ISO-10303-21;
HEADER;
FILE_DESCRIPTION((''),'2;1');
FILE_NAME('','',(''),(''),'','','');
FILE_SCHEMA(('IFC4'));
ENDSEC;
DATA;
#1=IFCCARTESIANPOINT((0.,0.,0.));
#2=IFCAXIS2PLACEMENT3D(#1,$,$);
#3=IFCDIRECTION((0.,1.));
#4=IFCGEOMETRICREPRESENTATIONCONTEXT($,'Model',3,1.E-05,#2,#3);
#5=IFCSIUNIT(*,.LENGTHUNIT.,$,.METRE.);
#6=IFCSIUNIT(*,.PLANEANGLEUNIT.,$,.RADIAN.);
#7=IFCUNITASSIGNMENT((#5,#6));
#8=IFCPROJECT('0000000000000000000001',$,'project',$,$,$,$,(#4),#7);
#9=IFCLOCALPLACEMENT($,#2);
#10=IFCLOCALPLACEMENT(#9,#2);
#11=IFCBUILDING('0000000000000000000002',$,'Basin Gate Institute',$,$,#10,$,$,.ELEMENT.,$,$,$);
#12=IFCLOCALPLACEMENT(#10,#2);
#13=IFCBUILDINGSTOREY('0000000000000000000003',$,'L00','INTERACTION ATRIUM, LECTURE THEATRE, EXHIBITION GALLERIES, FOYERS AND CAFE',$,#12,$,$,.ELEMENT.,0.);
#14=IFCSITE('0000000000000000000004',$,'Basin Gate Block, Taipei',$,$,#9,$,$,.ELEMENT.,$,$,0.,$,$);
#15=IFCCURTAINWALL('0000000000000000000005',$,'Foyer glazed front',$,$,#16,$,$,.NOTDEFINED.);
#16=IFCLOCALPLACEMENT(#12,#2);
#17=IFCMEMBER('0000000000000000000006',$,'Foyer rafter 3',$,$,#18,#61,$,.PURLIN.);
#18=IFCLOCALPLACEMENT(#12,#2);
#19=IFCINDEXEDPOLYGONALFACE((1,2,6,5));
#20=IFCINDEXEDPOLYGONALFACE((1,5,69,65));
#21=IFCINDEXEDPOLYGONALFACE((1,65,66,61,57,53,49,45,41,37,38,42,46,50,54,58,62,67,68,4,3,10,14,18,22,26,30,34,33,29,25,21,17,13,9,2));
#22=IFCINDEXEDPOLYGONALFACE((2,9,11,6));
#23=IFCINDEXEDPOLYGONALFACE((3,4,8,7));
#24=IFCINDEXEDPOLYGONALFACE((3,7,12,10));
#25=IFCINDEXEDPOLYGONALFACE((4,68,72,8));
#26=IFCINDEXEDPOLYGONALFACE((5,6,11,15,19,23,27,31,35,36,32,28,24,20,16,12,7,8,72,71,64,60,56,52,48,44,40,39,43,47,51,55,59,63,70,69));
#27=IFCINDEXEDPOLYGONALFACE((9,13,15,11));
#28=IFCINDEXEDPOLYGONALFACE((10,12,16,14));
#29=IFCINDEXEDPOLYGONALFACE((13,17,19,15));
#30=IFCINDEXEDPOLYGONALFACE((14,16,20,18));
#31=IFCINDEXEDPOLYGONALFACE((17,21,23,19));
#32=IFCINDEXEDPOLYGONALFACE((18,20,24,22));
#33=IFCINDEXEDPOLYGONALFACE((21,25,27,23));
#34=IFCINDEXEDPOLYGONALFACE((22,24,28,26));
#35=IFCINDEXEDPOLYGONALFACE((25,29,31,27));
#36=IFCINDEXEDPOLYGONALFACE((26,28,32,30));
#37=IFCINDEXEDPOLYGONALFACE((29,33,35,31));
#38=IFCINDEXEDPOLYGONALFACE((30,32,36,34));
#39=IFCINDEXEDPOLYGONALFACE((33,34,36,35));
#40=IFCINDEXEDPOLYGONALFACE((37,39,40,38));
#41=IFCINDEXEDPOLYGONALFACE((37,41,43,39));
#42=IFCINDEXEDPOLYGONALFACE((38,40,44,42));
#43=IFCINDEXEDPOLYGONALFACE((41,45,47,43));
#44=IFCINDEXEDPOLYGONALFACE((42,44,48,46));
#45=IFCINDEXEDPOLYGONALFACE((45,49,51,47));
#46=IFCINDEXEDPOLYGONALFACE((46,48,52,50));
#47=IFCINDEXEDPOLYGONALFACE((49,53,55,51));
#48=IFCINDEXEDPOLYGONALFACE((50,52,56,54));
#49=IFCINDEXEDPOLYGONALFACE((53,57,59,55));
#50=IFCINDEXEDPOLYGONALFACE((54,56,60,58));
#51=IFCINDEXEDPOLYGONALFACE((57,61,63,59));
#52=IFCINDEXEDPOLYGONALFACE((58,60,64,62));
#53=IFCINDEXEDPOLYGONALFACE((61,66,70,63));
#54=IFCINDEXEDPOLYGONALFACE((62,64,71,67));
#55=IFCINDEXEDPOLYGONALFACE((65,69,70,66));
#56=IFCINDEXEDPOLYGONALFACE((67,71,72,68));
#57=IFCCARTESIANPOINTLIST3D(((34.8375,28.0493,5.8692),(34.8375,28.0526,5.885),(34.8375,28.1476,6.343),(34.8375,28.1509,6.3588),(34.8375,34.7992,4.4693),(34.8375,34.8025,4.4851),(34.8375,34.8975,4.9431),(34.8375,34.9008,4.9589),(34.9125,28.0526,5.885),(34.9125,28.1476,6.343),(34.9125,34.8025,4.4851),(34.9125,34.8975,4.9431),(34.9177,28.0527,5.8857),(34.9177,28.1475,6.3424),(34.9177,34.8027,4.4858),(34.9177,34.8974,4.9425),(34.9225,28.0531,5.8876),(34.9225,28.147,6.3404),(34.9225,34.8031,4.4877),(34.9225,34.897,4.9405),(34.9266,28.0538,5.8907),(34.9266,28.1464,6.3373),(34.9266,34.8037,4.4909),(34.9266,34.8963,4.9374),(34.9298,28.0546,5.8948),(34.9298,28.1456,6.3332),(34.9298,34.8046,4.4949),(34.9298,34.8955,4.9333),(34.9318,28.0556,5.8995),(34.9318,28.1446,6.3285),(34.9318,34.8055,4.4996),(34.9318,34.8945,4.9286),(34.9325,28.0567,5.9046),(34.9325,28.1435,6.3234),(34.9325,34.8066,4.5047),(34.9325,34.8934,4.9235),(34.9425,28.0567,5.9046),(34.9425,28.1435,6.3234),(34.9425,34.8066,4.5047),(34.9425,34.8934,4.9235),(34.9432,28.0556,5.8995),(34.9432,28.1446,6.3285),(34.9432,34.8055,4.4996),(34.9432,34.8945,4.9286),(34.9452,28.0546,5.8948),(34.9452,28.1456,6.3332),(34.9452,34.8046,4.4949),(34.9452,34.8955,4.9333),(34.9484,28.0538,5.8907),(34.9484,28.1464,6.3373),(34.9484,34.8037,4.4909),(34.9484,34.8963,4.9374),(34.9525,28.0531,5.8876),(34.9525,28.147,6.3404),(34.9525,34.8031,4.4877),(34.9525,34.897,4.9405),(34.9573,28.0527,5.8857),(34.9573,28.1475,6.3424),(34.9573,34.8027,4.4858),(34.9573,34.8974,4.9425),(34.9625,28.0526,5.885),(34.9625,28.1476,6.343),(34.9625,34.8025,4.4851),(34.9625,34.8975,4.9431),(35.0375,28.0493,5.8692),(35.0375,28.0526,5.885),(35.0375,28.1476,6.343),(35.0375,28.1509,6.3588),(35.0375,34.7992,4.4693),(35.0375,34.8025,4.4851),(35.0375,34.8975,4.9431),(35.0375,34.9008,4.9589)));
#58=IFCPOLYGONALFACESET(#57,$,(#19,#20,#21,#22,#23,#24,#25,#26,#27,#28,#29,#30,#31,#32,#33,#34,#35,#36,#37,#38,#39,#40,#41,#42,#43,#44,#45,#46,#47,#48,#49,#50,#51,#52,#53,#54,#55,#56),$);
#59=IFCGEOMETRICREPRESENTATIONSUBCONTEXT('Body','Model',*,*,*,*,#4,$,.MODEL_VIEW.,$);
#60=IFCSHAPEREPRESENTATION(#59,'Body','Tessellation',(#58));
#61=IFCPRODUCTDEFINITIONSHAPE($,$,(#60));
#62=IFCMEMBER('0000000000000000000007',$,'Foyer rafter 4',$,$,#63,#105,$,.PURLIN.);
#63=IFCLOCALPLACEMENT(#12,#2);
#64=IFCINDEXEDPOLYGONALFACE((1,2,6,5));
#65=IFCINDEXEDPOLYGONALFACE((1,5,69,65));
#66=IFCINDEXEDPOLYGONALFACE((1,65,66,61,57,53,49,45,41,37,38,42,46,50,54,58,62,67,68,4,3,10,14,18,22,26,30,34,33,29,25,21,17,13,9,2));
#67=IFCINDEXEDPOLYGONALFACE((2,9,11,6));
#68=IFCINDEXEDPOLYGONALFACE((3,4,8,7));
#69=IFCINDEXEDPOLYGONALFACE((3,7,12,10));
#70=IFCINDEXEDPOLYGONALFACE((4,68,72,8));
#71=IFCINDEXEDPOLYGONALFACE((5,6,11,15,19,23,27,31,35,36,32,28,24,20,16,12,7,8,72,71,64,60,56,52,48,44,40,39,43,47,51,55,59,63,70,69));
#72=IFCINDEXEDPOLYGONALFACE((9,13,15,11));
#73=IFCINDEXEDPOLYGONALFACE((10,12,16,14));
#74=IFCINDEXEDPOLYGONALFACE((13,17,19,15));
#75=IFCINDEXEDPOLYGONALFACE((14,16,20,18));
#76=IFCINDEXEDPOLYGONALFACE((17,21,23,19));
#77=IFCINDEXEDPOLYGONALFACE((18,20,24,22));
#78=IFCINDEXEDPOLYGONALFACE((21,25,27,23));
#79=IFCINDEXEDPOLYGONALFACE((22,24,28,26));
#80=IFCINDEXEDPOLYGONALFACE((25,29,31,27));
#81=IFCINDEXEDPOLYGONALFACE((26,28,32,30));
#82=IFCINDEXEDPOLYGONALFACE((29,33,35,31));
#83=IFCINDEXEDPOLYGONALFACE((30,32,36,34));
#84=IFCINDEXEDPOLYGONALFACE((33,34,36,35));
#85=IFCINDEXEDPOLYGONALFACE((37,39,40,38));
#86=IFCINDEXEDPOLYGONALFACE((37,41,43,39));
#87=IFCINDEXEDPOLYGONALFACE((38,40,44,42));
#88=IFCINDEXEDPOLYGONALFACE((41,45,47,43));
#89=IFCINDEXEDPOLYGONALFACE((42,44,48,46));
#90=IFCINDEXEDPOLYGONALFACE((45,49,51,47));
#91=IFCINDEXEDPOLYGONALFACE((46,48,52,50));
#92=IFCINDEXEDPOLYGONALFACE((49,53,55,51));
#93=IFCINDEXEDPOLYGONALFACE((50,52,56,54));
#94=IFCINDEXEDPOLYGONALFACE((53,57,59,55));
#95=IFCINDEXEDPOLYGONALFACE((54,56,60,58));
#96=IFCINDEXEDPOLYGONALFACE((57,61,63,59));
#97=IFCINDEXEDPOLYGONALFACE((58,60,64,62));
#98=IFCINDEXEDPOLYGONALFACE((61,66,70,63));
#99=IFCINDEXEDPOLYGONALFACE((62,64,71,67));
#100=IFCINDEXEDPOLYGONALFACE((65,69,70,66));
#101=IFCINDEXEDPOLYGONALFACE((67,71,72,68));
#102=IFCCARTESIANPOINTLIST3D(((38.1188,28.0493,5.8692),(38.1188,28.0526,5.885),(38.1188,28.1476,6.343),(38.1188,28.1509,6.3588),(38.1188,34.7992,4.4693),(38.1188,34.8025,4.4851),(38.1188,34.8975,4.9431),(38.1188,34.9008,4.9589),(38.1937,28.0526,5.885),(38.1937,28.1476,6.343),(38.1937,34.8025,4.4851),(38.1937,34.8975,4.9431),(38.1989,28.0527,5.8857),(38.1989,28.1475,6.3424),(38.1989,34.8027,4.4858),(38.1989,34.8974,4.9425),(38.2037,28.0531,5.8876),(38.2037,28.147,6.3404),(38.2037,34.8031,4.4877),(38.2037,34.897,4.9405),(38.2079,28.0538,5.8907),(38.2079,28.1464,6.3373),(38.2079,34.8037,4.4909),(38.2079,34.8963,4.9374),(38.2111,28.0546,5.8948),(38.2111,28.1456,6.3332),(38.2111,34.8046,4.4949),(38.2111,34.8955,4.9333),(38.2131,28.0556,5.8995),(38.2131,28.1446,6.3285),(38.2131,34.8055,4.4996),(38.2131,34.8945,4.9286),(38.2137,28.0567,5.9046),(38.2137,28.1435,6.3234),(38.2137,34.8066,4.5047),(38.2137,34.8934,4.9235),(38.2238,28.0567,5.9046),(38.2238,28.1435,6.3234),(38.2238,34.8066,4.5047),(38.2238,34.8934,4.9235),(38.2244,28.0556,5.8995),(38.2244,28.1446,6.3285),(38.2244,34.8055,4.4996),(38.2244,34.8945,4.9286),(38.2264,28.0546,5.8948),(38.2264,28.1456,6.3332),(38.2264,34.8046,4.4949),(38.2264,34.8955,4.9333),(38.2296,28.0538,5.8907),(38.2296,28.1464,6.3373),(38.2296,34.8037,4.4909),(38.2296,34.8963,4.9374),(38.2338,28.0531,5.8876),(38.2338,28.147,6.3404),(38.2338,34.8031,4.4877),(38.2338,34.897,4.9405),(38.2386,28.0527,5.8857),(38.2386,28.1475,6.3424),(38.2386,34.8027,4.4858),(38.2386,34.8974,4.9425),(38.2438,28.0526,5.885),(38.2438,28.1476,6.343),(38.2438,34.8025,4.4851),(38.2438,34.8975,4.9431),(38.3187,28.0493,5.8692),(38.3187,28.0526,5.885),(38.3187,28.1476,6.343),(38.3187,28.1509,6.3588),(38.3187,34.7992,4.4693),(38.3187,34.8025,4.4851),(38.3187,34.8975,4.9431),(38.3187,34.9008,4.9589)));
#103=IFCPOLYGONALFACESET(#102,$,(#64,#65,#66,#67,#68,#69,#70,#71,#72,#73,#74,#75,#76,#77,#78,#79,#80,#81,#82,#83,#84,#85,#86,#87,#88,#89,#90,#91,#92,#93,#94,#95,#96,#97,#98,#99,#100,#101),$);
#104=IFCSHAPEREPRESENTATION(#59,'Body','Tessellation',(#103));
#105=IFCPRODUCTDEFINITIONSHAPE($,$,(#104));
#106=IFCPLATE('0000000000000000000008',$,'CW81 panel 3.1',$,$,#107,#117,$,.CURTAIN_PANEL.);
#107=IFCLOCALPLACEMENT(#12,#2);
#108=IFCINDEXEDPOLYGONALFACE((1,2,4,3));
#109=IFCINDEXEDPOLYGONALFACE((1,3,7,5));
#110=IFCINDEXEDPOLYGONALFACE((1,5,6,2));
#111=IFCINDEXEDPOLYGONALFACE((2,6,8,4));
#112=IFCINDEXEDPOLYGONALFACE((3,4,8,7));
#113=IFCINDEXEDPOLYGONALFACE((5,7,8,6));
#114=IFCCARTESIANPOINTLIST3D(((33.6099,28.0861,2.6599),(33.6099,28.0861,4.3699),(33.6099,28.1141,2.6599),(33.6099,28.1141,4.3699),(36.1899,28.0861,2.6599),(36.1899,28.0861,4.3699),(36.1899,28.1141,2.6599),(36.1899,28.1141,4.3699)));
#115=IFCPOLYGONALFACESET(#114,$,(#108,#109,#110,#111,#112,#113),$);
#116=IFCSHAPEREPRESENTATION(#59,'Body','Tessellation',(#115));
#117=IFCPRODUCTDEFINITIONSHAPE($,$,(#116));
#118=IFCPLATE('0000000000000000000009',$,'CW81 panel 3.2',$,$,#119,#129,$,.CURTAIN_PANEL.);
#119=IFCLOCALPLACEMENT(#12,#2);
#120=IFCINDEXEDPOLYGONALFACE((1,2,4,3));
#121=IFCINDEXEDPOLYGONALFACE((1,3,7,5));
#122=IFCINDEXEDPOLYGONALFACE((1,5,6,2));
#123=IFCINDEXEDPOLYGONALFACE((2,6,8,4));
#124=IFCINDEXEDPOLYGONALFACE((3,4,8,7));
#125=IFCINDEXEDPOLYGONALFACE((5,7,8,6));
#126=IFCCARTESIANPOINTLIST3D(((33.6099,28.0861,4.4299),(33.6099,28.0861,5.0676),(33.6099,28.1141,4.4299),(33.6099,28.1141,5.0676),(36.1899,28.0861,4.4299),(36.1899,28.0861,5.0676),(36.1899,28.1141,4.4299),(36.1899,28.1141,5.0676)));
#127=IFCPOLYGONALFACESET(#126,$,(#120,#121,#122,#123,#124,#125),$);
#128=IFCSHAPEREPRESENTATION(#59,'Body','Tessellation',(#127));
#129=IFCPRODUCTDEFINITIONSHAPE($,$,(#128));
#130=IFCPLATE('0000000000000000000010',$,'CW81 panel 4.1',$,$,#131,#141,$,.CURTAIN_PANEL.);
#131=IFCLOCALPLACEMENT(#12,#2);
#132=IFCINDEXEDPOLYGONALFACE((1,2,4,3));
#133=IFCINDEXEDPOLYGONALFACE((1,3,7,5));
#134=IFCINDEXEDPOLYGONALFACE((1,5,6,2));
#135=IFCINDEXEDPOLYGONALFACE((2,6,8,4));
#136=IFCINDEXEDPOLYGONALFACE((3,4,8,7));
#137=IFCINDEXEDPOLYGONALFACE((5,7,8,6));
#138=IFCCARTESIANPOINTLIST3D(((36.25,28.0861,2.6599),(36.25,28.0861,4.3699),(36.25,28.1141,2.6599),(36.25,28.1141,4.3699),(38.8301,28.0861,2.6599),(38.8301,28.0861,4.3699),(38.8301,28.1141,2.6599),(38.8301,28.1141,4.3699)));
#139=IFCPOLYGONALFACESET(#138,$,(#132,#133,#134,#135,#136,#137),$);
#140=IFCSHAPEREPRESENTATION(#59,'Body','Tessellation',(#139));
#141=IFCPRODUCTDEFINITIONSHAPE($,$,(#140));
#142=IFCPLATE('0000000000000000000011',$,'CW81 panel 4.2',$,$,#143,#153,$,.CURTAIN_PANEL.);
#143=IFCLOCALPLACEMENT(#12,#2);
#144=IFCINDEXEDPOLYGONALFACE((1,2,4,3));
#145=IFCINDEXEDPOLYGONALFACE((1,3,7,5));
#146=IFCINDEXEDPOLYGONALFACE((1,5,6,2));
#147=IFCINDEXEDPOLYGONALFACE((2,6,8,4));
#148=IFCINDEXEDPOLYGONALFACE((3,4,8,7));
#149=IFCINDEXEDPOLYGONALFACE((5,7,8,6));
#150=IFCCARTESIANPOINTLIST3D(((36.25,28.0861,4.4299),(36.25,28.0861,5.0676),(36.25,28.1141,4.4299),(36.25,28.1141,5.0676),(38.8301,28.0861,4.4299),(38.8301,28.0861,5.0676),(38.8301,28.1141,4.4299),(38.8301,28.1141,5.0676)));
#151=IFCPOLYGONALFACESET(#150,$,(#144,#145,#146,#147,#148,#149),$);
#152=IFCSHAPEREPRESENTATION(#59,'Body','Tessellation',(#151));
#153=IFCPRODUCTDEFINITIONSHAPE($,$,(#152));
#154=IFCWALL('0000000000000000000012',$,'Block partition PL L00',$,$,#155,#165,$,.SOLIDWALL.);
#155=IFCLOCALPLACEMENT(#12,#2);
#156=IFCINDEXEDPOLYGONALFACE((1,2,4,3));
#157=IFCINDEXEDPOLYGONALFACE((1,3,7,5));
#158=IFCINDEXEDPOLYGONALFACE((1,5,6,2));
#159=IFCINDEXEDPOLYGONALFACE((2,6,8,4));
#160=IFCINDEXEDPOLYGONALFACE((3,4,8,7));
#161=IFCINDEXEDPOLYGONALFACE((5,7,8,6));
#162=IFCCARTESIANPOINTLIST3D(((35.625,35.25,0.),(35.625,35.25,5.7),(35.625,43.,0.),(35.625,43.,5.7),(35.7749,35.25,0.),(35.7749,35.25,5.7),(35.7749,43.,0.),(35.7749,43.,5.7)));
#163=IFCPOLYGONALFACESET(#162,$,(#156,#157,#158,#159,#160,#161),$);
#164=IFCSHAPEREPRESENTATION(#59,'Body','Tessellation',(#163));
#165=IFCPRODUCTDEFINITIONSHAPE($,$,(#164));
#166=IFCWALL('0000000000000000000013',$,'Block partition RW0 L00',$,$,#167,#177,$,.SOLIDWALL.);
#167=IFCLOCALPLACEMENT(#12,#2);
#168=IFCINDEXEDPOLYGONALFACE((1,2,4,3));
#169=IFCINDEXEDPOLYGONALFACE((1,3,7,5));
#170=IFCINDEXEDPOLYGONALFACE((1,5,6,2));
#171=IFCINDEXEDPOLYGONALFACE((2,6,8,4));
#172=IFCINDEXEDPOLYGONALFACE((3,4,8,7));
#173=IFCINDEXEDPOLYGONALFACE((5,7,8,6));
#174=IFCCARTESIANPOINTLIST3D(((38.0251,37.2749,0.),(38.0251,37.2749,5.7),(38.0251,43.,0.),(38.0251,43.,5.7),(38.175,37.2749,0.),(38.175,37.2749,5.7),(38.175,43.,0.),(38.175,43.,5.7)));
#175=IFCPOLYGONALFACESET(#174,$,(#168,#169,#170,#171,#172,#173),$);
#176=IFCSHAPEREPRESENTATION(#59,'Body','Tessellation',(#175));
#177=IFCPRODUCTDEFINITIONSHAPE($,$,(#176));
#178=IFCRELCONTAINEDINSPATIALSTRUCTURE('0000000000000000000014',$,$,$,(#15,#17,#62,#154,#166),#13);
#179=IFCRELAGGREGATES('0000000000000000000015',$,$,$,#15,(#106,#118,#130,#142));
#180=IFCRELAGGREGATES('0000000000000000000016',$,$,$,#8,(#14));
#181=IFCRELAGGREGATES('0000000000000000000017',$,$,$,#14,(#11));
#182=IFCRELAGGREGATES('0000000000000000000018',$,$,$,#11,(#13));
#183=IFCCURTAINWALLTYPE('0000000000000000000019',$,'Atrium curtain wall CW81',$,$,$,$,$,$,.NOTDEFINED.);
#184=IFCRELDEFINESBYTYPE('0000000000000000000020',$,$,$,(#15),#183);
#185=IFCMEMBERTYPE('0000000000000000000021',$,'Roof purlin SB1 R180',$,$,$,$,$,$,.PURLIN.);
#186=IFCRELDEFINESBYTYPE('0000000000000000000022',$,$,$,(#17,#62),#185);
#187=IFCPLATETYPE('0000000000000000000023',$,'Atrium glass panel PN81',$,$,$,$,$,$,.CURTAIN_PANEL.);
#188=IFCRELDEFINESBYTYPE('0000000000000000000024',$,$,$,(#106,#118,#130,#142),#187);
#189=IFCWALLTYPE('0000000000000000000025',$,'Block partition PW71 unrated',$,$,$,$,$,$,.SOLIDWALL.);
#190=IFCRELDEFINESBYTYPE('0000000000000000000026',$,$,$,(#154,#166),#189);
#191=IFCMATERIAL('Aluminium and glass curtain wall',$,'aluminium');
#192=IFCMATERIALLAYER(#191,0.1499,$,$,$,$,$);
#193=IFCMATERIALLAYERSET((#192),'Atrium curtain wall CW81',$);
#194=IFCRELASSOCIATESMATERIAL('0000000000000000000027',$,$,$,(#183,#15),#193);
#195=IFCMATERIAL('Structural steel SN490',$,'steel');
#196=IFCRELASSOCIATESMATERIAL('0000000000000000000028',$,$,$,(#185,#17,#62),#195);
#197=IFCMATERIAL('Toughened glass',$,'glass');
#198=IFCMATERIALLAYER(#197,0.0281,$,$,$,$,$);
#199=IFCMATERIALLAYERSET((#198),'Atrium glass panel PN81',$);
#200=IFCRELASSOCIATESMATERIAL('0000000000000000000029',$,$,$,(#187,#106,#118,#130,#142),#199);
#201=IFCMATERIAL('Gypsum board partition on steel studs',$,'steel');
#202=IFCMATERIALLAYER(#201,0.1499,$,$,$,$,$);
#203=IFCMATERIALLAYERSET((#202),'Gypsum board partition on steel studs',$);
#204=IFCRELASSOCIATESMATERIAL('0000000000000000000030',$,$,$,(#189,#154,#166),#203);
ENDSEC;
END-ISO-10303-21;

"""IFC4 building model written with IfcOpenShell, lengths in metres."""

from ifc_helpers import new_model, si_unit, direction, frame, frame_2d, origin, origin_2d, place, context, subcontext, project, spatial, rectangle, i_section, extrude, material, layer, layer_set, material_profile, profile_set, type_object, element, aggregate, save


model = new_model("IFC4")

# Units and contexts
model_context = context("Model", 3, precision=1e-05, world=origin(), true_north=direction((0.0, 1.0)))
body_context = subcontext(model_context, "Body", "Model", "MODEL_VIEW")
ifc_project = project(units=[si_unit("LENGTHUNIT", "METRE"), si_unit("PLANEANGLEUNIT", "RADIAN")], contexts=[model_context])

# Site, building, storey
site_placement = place(None, origin())
site = spatial("IfcSite", under=ifc_project, at=site_placement, Name="Basin Gate Block, Taipei", CompositionType="ELEMENT", RefElevation=0.0)
building_placement = place(site_placement, origin())
building = spatial("IfcBuilding", under=site, at=building_placement, Name="Basin Gate Institute", CompositionType="ELEMENT")
storey_placement = place(building_placement, origin())
storey = spatial("IfcBuildingStorey", under=building, at=storey_placement, Name="L00", Description="INTERACTION ATRIUM, LECTURE THEATRE, EXHIBITION GALLERIES, FOYERS AND CAFE", CompositionType="ELEMENT", Elevation=0.0)

# Curtain wall
ifc_material_1 = material(Name="Aluminium and glass curtain wall", Category="aluminium")
ifc_layer_1 = layer(ifc_material_1, 0.1499)
ifc_layer_set_1 = layer_set([ifc_layer_1], Name="Atrium curtain wall CW81")
curtain_wall_type = type_object("IfcCurtainWallType", Name="Atrium curtain wall CW81", PredefinedType="NOTDEFINED", material=ifc_layer_set_1)
curtain_wall_placement = place(storey_placement, origin())
curtain_wall = element("IfcCurtainWall", 1, at=curtain_wall_placement, inside=storey, type_object=curtain_wall_type, material=ifc_layer_set_1, Name="Foyer glazed front", PredefinedType="NOTDEFINED")

# Members
ifc_material_2 = material(Name="Structural steel SN490", Category="steel")
ifc_material_profile_1 = material_profile(ifc_material_2, i_section(OverallWidth=0.2, OverallDepth=0.5, WebThickness=0.01, FlangeThickness=0.0161, FilletRadius=0.02, at=origin_2d()), Name="H500x200")
ifc_profile_set_1 = profile_set([ifc_material_profile_1], Name="Structural steel SN490")
member_type_1 = type_object("IfcMemberType", Name="Roof purlin SB1 R180", PredefinedType="PURLIN", material=ifc_profile_set_1)
for number, where, z_axis, x_axis, name in (
    (2, (34.9375, 28.1001, 6.114), (0.0, 0.979164, -0.203072), (-1.0, 0.0, 0.0), "Foyer rafter 3"),
    (3, (38.2188, 28.1001, 6.114), (0.0, 0.979164, -0.203072), (-1.0, 0.0, 0.0), "Foyer rafter 4"),
):
    element("IfcMember", number, at=place(storey_placement, frame(where, z_axis=z_axis, x_axis=x_axis)), inside=storey, type_object=member_type_1, material=ifc_profile_set_1, Name=name, PredefinedType="PURLIN", context=body_context, shape_type="SweptSolid", body=[
        extrude(i_section(OverallWidth=0.2, OverallDepth=0.5, WebThickness=0.01, FlangeThickness=0.0161, FilletRadius=0.02, at=origin_2d()), origin(), (0.0, 0.0, 1.0), 6.8936),
    ])

# Plates
ifc_material_3 = material(Name="Toughened glass", Category="glass")
ifc_layer_2 = layer(ifc_material_3, 0.0281)
ifc_layer_set_2 = layer_set([ifc_layer_2], Name="Atrium glass panel PN81")
plate_type = type_object("IfcPlateType", Name="Atrium glass panel PN81", PredefinedType="CURTAIN_PANEL", material=ifc_layer_set_2)
plate_1_placement = place(storey_placement, frame((34.8999, 28.1001, 2.6599), z_axis=(0.0, 0.0, 1.0), x_axis=(1.0, 0.0, 0.0)))
plate_1 = element("IfcPlate", 4, at=plate_1_placement, type_object=plate_type, material=ifc_layer_set_2, Name="CW81 panel 3.1", PredefinedType="CURTAIN_PANEL", context=body_context, shape_type="SweptSolid", body=[
    extrude(rectangle(XDim=2.5801, YDim=0.0281, at=origin_2d()), origin(), (0.0, 0.0, 1.0), 1.71),
])
plate_2_placement = place(storey_placement, frame((34.8999, 28.1001, 4.4299), z_axis=(0.0, 0.0, 1.0), x_axis=(1.0, 0.0, 0.0)))
plate_2 = element("IfcPlate", 5, at=plate_2_placement, type_object=plate_type, material=ifc_layer_set_2, Name="CW81 panel 3.2", PredefinedType="CURTAIN_PANEL", context=body_context, shape_type="SweptSolid", body=[
    extrude(rectangle(XDim=2.5801, YDim=0.0281, at=origin_2d()), origin(), (0.0, 0.0, 1.0), 0.6377),
])
plate_3_placement = place(storey_placement, frame((37.54, 28.1001, 2.6599), z_axis=(0.0, 0.0, 1.0), x_axis=(1.0, 0.0, 0.0)))
plate_3 = element("IfcPlate", 6, at=plate_3_placement, type_object=plate_type, material=ifc_layer_set_2, Name="CW81 panel 4.1", PredefinedType="CURTAIN_PANEL", context=body_context, shape_type="SweptSolid", body=[
    extrude(rectangle(XDim=2.5801, YDim=0.0281, at=origin_2d()), origin(), (0.0, 0.0, 1.0), 1.71),
])
plate_4_placement = place(storey_placement, frame((37.54, 28.1001, 4.4299), z_axis=(0.0, 0.0, 1.0), x_axis=(1.0, 0.0, 0.0)))
plate_4 = element("IfcPlate", 7, at=plate_4_placement, type_object=plate_type, material=ifc_layer_set_2, Name="CW81 panel 4.2", PredefinedType="CURTAIN_PANEL", context=body_context, shape_type="SweptSolid", body=[
    extrude(rectangle(XDim=2.5801, YDim=0.0281, at=origin_2d()), origin(), (0.0, 0.0, 1.0), 0.6377),
])
aggregate(curtain_wall, [plate_1, plate_2, plate_3, plate_4])

# Walls
ifc_material_4 = material(Name="Gypsum board partition on steel studs", Category="steel")
ifc_layer_3 = layer(ifc_material_4, 0.1499)
ifc_layer_set_3 = layer_set([ifc_layer_3], Name="Gypsum board partition on steel studs")
wall_type_1 = type_object("IfcWallType", Name="Block partition PW71 unrated", PredefinedType="SOLIDWALL", material=ifc_layer_set_3)
wall_1_placement = place(storey_placement, frame((35.7, 35.25, 0.0), z_axis=(0.0, 0.0, 1.0), x_axis=(0.0, 1.0, 0.0)))
element("IfcWall", 8, at=wall_1_placement, inside=storey, type_object=wall_type_1, material=ifc_layer_set_3, Name="Block partition PL L00", PredefinedType="SOLIDWALL", context=body_context, shape_type="SweptSolid", body=[
    extrude(rectangle(XDim=7.75, YDim=0.1499, at=frame_2d((3.875, 0.0))), origin(), (0.0, 0.0, 1.0), 5.7),
])
wall_2_placement = place(storey_placement, frame((38.1001, 37.2749, 0.0), z_axis=(0.0, 0.0, 1.0), x_axis=(0.0, 1.0, 0.0)))
element("IfcWall", 9, at=wall_2_placement, inside=storey, type_object=wall_type_1, material=ifc_layer_set_3, Name="Block partition RW0 L00", PredefinedType="SOLIDWALL", context=body_context, shape_type="SweptSolid", body=[
    extrude(rectangle(XDim=5.7251, YDim=0.1499, at=frame_2d((2.8625, 0.0))), origin(), (0.0, 0.0, 1.0), 5.7),
])

save(model, "model.ifc")
